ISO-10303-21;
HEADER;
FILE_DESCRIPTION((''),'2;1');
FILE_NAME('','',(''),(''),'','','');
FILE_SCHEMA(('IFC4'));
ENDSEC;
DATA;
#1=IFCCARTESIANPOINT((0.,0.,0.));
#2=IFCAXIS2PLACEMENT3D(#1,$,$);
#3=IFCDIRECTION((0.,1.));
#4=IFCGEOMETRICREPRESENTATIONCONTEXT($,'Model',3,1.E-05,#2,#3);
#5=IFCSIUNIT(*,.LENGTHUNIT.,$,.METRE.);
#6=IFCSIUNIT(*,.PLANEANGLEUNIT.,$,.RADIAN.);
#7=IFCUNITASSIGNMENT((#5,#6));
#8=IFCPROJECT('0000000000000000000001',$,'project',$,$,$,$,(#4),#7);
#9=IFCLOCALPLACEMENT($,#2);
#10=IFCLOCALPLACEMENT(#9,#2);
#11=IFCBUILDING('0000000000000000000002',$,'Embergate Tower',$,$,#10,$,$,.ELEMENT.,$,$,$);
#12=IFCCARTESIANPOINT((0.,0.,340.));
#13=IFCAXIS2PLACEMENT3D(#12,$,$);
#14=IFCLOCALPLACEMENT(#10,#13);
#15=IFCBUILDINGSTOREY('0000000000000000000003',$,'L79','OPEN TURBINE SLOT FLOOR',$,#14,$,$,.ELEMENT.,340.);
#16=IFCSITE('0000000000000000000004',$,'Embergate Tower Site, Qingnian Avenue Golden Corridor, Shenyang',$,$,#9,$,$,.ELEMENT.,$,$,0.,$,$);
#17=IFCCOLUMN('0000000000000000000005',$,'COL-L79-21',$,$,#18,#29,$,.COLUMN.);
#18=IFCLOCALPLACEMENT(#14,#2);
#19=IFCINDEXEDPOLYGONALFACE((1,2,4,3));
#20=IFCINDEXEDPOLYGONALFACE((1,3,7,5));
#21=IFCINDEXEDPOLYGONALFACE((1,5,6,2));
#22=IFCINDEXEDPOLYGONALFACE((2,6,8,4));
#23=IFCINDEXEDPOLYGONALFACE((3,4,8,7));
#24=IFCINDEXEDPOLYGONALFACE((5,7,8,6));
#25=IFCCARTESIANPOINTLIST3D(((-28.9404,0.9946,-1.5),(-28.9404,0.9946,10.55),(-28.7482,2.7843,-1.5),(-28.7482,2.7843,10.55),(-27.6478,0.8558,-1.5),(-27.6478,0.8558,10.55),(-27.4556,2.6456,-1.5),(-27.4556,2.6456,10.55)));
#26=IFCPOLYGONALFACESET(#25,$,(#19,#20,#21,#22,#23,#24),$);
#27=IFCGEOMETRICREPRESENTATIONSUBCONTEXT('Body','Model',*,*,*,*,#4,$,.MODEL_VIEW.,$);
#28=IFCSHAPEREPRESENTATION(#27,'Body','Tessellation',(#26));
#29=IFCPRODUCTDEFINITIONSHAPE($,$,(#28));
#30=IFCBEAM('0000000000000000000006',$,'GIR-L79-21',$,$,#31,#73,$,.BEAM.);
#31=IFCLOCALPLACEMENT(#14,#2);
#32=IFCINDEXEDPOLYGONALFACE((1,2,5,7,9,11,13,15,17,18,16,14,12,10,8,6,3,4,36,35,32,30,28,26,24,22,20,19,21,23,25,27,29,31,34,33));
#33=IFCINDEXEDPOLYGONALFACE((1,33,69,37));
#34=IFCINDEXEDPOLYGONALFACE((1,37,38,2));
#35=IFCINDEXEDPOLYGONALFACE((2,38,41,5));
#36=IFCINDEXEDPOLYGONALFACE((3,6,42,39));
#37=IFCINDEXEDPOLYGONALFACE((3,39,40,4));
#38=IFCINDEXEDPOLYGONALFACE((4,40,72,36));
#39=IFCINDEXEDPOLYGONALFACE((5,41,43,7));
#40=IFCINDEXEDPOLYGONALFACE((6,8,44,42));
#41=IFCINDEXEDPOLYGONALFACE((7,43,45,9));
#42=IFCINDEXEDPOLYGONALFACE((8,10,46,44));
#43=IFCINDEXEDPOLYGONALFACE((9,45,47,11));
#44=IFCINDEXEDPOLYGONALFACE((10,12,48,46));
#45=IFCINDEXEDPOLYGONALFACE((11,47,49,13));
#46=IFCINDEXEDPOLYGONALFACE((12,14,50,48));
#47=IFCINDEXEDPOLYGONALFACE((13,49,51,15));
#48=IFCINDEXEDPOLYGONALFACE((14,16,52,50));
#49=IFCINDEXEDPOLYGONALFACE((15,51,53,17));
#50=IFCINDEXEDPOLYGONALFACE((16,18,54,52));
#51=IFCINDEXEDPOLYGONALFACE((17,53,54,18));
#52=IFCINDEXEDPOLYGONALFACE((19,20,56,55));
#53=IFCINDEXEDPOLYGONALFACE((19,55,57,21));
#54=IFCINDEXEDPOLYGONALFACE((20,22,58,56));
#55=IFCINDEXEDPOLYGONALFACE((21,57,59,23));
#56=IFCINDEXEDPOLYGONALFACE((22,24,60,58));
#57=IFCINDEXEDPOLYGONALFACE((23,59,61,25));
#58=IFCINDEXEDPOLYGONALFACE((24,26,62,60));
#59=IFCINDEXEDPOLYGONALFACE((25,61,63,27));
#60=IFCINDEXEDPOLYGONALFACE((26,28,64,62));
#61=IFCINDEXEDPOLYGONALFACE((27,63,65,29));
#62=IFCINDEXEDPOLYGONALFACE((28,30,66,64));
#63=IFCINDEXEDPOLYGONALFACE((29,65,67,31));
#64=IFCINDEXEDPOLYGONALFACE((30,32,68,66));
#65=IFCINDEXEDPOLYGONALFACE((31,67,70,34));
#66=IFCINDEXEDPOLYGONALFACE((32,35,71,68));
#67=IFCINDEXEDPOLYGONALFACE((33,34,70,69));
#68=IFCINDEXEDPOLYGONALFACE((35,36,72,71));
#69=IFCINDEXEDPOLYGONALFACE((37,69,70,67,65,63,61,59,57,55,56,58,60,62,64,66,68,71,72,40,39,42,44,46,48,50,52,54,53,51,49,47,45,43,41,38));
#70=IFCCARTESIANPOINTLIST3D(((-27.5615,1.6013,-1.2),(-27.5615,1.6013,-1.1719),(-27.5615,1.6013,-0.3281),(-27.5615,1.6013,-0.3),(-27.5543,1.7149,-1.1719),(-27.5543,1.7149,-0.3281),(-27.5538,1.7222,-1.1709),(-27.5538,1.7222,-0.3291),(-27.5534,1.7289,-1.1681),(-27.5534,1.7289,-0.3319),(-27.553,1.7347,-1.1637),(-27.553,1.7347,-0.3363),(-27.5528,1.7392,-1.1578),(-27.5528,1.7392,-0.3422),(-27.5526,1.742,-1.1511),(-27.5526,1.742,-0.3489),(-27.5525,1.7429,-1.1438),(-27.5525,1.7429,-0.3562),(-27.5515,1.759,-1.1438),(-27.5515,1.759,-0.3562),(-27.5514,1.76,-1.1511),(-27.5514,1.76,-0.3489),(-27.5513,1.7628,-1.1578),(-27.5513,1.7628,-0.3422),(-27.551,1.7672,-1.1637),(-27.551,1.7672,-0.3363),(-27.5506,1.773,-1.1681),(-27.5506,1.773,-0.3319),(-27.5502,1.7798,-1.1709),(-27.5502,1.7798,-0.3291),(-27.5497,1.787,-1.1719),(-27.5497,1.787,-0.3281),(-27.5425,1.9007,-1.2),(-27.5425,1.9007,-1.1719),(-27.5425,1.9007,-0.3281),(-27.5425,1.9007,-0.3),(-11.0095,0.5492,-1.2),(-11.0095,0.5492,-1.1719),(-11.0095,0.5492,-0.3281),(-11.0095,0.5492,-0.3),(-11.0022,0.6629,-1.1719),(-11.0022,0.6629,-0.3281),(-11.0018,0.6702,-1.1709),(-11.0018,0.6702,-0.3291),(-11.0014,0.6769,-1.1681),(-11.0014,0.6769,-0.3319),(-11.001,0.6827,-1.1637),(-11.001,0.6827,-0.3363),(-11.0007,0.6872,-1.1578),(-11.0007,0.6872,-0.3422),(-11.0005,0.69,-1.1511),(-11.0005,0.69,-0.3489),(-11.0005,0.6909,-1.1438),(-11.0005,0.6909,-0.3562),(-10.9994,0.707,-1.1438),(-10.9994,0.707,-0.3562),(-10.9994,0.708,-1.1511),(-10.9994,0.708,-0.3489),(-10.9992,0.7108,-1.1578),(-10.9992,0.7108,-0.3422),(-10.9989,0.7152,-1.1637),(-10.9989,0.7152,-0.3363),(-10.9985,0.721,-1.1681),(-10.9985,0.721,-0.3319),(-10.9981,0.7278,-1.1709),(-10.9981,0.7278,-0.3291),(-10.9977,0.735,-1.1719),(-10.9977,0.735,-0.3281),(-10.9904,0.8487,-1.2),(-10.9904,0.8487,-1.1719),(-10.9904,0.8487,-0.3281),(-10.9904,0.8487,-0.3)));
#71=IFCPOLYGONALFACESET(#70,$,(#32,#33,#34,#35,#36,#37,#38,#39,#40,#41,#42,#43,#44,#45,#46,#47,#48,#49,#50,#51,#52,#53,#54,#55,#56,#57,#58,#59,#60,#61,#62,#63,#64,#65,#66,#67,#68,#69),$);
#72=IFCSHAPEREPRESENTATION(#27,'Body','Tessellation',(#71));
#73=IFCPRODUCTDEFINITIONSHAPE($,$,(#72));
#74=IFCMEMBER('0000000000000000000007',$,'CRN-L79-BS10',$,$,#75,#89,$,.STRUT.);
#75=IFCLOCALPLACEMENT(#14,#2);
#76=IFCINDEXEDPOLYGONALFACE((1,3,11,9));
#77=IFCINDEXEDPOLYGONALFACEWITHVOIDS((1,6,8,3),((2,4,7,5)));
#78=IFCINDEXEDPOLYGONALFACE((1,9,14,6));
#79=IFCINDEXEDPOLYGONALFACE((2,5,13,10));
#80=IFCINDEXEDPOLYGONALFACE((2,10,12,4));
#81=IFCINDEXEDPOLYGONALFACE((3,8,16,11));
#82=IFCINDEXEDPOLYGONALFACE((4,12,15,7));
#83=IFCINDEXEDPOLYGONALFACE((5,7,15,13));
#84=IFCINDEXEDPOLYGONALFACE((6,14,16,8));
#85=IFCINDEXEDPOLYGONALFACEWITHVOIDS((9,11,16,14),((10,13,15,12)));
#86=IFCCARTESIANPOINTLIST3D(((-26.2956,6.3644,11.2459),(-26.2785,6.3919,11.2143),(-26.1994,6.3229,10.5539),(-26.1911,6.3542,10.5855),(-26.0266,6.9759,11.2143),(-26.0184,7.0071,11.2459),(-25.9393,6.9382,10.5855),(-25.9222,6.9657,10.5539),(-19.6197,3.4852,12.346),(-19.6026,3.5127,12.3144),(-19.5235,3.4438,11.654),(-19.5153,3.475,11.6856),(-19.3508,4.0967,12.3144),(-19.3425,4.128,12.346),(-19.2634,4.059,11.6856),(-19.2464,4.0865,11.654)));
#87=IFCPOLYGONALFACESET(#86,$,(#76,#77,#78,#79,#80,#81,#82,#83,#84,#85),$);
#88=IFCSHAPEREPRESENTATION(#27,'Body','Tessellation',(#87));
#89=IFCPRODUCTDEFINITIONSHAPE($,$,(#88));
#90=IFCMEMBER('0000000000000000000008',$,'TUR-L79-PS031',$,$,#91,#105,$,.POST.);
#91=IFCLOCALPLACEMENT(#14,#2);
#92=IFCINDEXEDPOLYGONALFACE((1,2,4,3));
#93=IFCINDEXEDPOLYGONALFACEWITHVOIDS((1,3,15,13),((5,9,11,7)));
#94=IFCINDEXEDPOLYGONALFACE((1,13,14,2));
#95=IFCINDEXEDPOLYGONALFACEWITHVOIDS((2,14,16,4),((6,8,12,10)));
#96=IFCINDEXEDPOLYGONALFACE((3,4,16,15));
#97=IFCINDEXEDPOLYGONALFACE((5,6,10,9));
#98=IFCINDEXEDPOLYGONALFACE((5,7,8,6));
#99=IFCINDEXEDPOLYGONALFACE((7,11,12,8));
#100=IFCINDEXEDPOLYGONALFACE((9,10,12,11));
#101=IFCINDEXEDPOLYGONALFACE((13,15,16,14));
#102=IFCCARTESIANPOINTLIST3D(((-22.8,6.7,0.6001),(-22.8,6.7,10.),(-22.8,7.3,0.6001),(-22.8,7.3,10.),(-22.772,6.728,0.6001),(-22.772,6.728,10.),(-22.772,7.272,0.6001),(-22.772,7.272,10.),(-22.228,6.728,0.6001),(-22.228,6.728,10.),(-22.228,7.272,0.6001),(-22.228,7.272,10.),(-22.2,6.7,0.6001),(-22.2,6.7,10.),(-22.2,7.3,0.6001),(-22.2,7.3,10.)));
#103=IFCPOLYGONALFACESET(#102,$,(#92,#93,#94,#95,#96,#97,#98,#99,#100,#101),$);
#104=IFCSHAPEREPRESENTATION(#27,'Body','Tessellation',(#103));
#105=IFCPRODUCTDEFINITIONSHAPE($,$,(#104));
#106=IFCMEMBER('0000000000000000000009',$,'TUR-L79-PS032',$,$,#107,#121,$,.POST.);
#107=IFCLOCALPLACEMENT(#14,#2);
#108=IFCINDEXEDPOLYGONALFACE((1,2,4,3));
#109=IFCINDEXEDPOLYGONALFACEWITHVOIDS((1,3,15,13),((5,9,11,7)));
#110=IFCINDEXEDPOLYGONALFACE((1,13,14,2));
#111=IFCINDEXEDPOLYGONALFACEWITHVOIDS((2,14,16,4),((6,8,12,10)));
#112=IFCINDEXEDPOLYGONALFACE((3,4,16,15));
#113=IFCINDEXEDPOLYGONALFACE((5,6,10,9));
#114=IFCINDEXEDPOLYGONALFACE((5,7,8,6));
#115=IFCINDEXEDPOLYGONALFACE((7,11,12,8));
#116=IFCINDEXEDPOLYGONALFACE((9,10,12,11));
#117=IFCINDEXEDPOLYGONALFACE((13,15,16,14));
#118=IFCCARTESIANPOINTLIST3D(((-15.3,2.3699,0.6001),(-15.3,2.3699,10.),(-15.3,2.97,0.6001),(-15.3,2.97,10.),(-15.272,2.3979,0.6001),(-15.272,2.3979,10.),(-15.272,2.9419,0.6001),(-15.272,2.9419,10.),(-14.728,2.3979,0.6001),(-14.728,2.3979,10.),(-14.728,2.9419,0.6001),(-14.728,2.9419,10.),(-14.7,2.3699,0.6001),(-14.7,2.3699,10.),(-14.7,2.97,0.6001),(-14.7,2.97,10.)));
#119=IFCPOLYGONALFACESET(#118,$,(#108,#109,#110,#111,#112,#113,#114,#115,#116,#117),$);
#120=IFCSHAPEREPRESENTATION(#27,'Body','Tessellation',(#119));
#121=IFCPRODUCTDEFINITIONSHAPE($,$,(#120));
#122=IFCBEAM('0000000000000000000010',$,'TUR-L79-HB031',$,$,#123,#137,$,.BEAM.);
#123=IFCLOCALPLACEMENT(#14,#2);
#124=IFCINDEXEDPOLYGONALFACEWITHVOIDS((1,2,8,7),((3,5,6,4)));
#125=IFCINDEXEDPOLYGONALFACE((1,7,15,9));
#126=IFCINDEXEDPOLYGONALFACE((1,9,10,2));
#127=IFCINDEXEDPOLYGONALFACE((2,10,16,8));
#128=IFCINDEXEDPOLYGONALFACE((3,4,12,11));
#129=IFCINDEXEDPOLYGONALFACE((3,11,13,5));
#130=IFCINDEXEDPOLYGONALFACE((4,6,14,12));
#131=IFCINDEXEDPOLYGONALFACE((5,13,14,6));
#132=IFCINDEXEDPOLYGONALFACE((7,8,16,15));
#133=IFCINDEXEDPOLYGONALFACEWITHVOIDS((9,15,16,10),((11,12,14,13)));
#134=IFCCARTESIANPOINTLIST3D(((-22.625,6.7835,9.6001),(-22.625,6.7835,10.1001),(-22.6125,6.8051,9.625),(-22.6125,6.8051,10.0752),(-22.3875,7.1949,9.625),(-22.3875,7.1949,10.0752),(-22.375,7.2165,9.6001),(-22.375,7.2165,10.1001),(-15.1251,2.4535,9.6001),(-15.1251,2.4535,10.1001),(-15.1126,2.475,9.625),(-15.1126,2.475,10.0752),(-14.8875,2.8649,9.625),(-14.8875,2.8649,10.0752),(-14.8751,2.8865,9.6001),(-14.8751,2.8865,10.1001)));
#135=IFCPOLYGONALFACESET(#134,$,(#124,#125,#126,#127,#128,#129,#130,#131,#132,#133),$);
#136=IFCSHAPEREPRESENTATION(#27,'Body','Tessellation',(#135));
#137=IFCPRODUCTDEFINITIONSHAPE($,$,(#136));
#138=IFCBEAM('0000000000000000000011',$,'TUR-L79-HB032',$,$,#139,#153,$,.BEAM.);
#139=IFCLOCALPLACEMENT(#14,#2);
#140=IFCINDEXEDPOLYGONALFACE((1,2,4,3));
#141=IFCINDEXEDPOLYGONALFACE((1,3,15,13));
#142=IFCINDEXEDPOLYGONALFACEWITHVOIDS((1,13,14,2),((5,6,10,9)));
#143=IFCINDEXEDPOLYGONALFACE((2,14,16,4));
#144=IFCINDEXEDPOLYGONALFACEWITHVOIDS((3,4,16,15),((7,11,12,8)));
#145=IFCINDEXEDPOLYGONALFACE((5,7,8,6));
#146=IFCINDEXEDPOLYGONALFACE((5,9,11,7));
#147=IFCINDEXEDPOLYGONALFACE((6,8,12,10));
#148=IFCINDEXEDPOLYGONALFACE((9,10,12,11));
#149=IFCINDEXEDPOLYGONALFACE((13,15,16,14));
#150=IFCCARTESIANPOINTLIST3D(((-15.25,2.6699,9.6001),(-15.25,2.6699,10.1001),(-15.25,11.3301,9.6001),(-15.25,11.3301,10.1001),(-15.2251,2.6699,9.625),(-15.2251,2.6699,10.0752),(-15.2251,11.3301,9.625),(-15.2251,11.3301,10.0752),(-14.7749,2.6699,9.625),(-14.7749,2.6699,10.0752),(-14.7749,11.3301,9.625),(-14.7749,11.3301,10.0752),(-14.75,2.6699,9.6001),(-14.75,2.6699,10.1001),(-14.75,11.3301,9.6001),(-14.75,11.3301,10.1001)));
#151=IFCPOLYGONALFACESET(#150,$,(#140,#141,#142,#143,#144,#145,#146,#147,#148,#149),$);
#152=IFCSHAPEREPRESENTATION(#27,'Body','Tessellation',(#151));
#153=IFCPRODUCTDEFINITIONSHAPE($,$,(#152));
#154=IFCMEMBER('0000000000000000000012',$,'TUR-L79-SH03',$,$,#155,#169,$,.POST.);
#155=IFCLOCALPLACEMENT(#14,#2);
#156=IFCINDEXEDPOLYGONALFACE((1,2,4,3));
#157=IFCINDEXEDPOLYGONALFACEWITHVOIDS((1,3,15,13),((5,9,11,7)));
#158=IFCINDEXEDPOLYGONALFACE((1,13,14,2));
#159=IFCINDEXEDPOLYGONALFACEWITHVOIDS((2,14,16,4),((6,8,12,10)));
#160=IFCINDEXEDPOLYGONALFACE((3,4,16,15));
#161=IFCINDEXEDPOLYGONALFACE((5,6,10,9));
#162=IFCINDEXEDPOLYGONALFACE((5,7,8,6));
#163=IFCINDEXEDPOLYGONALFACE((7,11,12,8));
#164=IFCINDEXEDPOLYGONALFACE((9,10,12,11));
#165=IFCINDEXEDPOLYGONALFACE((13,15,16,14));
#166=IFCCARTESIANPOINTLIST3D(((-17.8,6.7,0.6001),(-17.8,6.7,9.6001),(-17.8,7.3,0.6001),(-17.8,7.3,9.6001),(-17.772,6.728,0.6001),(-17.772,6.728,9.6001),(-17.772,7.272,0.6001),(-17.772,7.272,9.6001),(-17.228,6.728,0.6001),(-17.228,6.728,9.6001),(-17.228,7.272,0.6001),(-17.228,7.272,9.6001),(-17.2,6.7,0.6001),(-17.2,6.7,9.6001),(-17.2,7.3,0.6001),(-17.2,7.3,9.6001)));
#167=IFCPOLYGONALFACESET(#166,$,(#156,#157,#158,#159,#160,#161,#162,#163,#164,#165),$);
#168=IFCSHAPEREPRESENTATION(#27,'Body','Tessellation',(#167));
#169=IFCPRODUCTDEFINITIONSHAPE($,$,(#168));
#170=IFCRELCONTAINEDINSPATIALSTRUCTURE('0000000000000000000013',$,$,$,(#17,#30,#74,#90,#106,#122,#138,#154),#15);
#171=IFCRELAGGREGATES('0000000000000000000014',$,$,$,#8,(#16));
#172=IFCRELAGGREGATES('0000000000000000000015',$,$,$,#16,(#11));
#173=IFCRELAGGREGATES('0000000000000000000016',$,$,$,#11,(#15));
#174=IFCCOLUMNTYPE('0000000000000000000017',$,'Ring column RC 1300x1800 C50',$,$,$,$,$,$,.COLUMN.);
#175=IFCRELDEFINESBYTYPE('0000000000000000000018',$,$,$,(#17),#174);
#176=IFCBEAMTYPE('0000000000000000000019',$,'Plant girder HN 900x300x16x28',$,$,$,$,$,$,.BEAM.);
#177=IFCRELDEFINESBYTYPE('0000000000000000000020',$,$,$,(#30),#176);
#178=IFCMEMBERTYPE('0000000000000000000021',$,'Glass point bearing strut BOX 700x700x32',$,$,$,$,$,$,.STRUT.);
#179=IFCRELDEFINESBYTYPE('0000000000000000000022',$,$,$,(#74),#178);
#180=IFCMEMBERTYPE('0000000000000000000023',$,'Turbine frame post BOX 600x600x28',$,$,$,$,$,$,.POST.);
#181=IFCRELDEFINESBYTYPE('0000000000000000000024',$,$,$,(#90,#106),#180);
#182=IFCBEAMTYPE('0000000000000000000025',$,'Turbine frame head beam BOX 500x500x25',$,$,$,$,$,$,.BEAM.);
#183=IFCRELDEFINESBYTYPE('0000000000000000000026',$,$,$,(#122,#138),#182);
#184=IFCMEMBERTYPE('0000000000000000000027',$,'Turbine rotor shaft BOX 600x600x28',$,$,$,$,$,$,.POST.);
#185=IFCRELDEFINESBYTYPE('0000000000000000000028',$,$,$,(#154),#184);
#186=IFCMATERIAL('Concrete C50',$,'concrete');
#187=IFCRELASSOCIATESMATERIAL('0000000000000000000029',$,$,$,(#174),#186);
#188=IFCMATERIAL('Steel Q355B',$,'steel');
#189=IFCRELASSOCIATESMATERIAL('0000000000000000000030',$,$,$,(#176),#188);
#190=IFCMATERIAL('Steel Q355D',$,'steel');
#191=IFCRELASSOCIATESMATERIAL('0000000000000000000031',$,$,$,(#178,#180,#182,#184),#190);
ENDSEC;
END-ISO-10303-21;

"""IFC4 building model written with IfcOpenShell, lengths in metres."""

from ifc_helpers import new_model, si_unit, direction, frame, origin, origin_2d, place, context, subcontext, project, spatial, rectangle, hollow_rectangle, i_section, extrude, source, transform, mapped, material, material_profile, profile_set, type_object, element, save


model = new_model("IFC4")

# Units and contexts
model_context = context("Model", 3, precision=1e-05, world=origin(), true_north=direction((0.0, 1.0)))
body_context = subcontext(model_context, "Body", "Model", "MODEL_VIEW")
ifc_project = project(units=[si_unit("LENGTHUNIT", "METRE"), si_unit("PLANEANGLEUNIT", "RADIAN")], contexts=[model_context])

# Site, building, storey
site_placement = place(None, origin())
site = spatial("IfcSite", under=ifc_project, at=site_placement, Name="Embergate Tower Site, Qingnian Avenue Golden Corridor, Shenyang", CompositionType="ELEMENT", RefElevation=0.0)
building_placement = place(site_placement, origin())
building = spatial("IfcBuilding", under=site, at=building_placement, Name="Embergate Tower", CompositionType="ELEMENT")
storey_placement = place(building_placement, frame((0.0, 0.0, 340.0)))
storey = spatial("IfcBuildingStorey", under=building, at=storey_placement, Name="L79", Description="OPEN TURBINE SLOT FLOOR", CompositionType="ELEMENT", Elevation=340.0)

# Column
ifc_material_1 = material(Name="Concrete C50", Category="concrete")
ifc_material_profile_1 = material_profile(ifc_material_1, rectangle(XDim=1.3, YDim=1.8, at=origin_2d()), Name="RC 1300x1800")
ifc_profile_set_1 = profile_set([ifc_material_profile_1], Name="Concrete C50")
column_type = type_object("IfcColumnType", Name="Ring column RC 1300x1800 C50", PredefinedType="COLUMN", material=ifc_profile_set_1)
shared_shape_1 = source(origin(), body_context, "Body", "SweptSolid", [
    extrude(rectangle(XDim=1.3, YDim=1.8, at=origin_2d()), origin(), (0.0, 0.0, 1.0), 12.05),
])
column_placement = place(storey_placement, frame((-28.198, 1.8201, -1.5), z_axis=(0.0, 0.0, 1.0), x_axis=(-0.994286, 0.10675, 0.0)))
element("IfcColumn", 1, at=column_placement, inside=storey, type_object=column_type, Name="COL-L79-21", PredefinedType="COLUMN", context=body_context, shape_type="MappedRepresentation", body=[
    mapped(shared_shape_1, transform((0.0, 0.0, 0.0))),
])

# Beam
ifc_material_2 = material(Name="Steel Q355B", Category="steel")
ifc_material_profile_2 = material_profile(ifc_material_2, i_section(OverallWidth=0.3, OverallDepth=0.8999, WebThickness=0.0161, FlangeThickness=0.0281, FilletRadius=0.0281, at=origin_2d()), Name="HN 900x300x16x28")
ifc_profile_set_2 = profile_set([ifc_material_profile_2], Name="Steel Q355 grade B")
beam_type_1 = type_object("IfcBeamType", Name="Plant girder HN 900x300x16x28", PredefinedType="BEAM", material=ifc_profile_set_2)
shared_shape_2 = source(origin(), body_context, "Body", "SweptSolid", [
    extrude(i_section(OverallWidth=0.3, OverallDepth=0.8999, WebThickness=0.0161, FlangeThickness=0.0281, FilletRadius=0.0281, at=origin_2d()), origin(), (0.0, 0.0, 1.0), 16.5854),
])
beam_placement = place(storey_placement, frame((-27.552, 1.751, -0.75), z_axis=(0.997986, -0.063429, 0.0), x_axis=(0.063429, 0.997986, 0.0)))
element("IfcBeam", 2, at=beam_placement, inside=storey, type_object=beam_type_1, Name="GIR-L79-21", PredefinedType="BEAM", context=body_context, shape_type="MappedRepresentation", body=[
    mapped(shared_shape_2, transform((0.0, 0.0, 0.0))),
])

# Members
ifc_material_3 = material(Name="Steel Q355D", Category="steel")
ifc_material_profile_3 = material_profile(ifc_material_3, hollow_rectangle(XDim=0.7, YDim=0.7, WallThickness=0.032, at=origin_2d()), Name="BOX 700x700x32")
ifc_profile_set_3 = profile_set([ifc_material_profile_3], Name="Steel Q355 grade D")
member_type_1 = type_object("IfcMemberType", Name="Glass point bearing strut BOX 700x700x32", PredefinedType="STRUT", material=ifc_profile_set_3)
shared_shape_3 = source(origin(), body_context, "Body", "SweptSolid", [
    extrude(hollow_rectangle(XDim=0.7, YDim=0.7, WallThickness=0.032, at=origin_2d()), origin(), (0.0, 0.0, 1.0), 7.353),
])
member_1_placement = place(storey_placement, frame((-26.1089, 6.665, 10.8999), z_axis=(0.907906, -0.391564, 0.149613), x_axis=(0.396022, 0.918241, 0.0)))
element("IfcMember", 3, at=member_1_placement, inside=storey, type_object=member_type_1, Name="CRN-L79-BS10", PredefinedType="STRUT", context=body_context, shape_type="MappedRepresentation", body=[
    mapped(shared_shape_3, transform((0.0, 0.0, 0.0))),
])
ifc_material_profile_4 = material_profile(ifc_material_3, hollow_rectangle(XDim=0.6001, YDim=0.6001, WallThickness=0.0281, at=origin_2d()), Name="BOX 600x600x28")
ifc_profile_set_4 = profile_set([ifc_material_profile_4], Name="Steel Q355 grade D")
member_type_2 = type_object("IfcMemberType", Name="Turbine frame post BOX 600x600x28", PredefinedType="POST", material=ifc_profile_set_4)
shared_shape_4 = source(origin(), body_context, "Body", "SweptSolid", [
    extrude(hollow_rectangle(XDim=0.6001, YDim=0.6001, WallThickness=0.0281, at=origin_2d()), origin(), (0.0, 0.0, 1.0), 9.3999),
])
for number, where, z_axis, x_axis, name in (
    (4, (-22.5, 7.0, 0.6001), (0.0, 0.0, 1.0), (1.0, 0.0, 0.0), "TUR-L79-PS031"),
    (5, (-15.0, 2.6699, 0.6001), (0.0, 0.0, 1.0), (1.0, 0.0, 0.0), "TUR-L79-PS032"),
):
    element("IfcMember", number, at=place(storey_placement, frame(where, z_axis=z_axis, x_axis=x_axis)), inside=storey, type_object=member_type_2, Name=name, PredefinedType="POST", context=body_context, shape_type="MappedRepresentation", body=[
        mapped(shared_shape_4, transform((0.0, 0.0, 0.0))),
    ])

# Beams
ifc_material_profile_5 = material_profile(ifc_material_3, hollow_rectangle(XDim=0.5, YDim=0.5, WallThickness=0.0249, at=origin_2d()), Name="BOX 500x500x25")
ifc_profile_set_5 = profile_set([ifc_material_profile_5], Name="Steel Q355 grade D")
beam_type_2 = type_object("IfcBeamType", Name="Turbine frame head beam BOX 500x500x25", PredefinedType="BEAM", material=ifc_profile_set_5)
shared_shape_5 = source(origin(), body_context, "Body", "SweptSolid", [
    extrude(hollow_rectangle(XDim=0.5, YDim=0.5, WallThickness=0.0249, at=origin_2d()), origin(), (0.0, 0.0, 1.0), 8.6602),
])
for number, where, z_axis, x_axis, name in (
    (6, (-22.5, 7.0, 9.8501), (0.866028, -0.499996, 0.0), (0.499996, 0.866028, 0.0), "TUR-L79-HB031"),
    (7, (-15.0, 2.6699, 9.8501), (0.0, 1.0, 0.0), (-1.0, 0.0, 0.0), "TUR-L79-HB032"),
):
    element("IfcBeam", number, at=place(storey_placement, frame(where, z_axis=z_axis, x_axis=x_axis)), inside=storey, type_object=beam_type_2, Name=name, PredefinedType="BEAM", context=body_context, shape_type="MappedRepresentation", body=[
        mapped(shared_shape_5, transform((0.0, 0.0, 0.0))),
    ])

# Member
ifc_material_profile_6 = material_profile(ifc_material_3, hollow_rectangle(XDim=0.6001, YDim=0.6001, WallThickness=0.0281, at=origin_2d()), Name="BOX 600x600x28")
ifc_profile_set_6 = profile_set([ifc_material_profile_6], Name="Steel Q355 grade D")
member_type_3 = type_object("IfcMemberType", Name="Turbine rotor shaft BOX 600x600x28", PredefinedType="POST", material=ifc_profile_set_6)
shared_shape_6 = source(origin(), body_context, "Body", "SweptSolid", [
    extrude(hollow_rectangle(XDim=0.6001, YDim=0.6001, WallThickness=0.0281, at=origin_2d()), origin(), (0.0, 0.0, 1.0), 9.0),
])
member_2_placement = place(storey_placement, frame((-17.5, 7.0, 0.6001), z_axis=(0.0, 0.0, 1.0), x_axis=(1.0, 0.0, 0.0)))
element("IfcMember", 8, at=member_2_placement, inside=storey, type_object=member_type_3, Name="TUR-L79-SH03", PredefinedType="POST", context=body_context, shape_type="MappedRepresentation", body=[
    mapped(shared_shape_6, transform((0.0, 0.0, 0.0))),
])

save(model, "model.ifc")
